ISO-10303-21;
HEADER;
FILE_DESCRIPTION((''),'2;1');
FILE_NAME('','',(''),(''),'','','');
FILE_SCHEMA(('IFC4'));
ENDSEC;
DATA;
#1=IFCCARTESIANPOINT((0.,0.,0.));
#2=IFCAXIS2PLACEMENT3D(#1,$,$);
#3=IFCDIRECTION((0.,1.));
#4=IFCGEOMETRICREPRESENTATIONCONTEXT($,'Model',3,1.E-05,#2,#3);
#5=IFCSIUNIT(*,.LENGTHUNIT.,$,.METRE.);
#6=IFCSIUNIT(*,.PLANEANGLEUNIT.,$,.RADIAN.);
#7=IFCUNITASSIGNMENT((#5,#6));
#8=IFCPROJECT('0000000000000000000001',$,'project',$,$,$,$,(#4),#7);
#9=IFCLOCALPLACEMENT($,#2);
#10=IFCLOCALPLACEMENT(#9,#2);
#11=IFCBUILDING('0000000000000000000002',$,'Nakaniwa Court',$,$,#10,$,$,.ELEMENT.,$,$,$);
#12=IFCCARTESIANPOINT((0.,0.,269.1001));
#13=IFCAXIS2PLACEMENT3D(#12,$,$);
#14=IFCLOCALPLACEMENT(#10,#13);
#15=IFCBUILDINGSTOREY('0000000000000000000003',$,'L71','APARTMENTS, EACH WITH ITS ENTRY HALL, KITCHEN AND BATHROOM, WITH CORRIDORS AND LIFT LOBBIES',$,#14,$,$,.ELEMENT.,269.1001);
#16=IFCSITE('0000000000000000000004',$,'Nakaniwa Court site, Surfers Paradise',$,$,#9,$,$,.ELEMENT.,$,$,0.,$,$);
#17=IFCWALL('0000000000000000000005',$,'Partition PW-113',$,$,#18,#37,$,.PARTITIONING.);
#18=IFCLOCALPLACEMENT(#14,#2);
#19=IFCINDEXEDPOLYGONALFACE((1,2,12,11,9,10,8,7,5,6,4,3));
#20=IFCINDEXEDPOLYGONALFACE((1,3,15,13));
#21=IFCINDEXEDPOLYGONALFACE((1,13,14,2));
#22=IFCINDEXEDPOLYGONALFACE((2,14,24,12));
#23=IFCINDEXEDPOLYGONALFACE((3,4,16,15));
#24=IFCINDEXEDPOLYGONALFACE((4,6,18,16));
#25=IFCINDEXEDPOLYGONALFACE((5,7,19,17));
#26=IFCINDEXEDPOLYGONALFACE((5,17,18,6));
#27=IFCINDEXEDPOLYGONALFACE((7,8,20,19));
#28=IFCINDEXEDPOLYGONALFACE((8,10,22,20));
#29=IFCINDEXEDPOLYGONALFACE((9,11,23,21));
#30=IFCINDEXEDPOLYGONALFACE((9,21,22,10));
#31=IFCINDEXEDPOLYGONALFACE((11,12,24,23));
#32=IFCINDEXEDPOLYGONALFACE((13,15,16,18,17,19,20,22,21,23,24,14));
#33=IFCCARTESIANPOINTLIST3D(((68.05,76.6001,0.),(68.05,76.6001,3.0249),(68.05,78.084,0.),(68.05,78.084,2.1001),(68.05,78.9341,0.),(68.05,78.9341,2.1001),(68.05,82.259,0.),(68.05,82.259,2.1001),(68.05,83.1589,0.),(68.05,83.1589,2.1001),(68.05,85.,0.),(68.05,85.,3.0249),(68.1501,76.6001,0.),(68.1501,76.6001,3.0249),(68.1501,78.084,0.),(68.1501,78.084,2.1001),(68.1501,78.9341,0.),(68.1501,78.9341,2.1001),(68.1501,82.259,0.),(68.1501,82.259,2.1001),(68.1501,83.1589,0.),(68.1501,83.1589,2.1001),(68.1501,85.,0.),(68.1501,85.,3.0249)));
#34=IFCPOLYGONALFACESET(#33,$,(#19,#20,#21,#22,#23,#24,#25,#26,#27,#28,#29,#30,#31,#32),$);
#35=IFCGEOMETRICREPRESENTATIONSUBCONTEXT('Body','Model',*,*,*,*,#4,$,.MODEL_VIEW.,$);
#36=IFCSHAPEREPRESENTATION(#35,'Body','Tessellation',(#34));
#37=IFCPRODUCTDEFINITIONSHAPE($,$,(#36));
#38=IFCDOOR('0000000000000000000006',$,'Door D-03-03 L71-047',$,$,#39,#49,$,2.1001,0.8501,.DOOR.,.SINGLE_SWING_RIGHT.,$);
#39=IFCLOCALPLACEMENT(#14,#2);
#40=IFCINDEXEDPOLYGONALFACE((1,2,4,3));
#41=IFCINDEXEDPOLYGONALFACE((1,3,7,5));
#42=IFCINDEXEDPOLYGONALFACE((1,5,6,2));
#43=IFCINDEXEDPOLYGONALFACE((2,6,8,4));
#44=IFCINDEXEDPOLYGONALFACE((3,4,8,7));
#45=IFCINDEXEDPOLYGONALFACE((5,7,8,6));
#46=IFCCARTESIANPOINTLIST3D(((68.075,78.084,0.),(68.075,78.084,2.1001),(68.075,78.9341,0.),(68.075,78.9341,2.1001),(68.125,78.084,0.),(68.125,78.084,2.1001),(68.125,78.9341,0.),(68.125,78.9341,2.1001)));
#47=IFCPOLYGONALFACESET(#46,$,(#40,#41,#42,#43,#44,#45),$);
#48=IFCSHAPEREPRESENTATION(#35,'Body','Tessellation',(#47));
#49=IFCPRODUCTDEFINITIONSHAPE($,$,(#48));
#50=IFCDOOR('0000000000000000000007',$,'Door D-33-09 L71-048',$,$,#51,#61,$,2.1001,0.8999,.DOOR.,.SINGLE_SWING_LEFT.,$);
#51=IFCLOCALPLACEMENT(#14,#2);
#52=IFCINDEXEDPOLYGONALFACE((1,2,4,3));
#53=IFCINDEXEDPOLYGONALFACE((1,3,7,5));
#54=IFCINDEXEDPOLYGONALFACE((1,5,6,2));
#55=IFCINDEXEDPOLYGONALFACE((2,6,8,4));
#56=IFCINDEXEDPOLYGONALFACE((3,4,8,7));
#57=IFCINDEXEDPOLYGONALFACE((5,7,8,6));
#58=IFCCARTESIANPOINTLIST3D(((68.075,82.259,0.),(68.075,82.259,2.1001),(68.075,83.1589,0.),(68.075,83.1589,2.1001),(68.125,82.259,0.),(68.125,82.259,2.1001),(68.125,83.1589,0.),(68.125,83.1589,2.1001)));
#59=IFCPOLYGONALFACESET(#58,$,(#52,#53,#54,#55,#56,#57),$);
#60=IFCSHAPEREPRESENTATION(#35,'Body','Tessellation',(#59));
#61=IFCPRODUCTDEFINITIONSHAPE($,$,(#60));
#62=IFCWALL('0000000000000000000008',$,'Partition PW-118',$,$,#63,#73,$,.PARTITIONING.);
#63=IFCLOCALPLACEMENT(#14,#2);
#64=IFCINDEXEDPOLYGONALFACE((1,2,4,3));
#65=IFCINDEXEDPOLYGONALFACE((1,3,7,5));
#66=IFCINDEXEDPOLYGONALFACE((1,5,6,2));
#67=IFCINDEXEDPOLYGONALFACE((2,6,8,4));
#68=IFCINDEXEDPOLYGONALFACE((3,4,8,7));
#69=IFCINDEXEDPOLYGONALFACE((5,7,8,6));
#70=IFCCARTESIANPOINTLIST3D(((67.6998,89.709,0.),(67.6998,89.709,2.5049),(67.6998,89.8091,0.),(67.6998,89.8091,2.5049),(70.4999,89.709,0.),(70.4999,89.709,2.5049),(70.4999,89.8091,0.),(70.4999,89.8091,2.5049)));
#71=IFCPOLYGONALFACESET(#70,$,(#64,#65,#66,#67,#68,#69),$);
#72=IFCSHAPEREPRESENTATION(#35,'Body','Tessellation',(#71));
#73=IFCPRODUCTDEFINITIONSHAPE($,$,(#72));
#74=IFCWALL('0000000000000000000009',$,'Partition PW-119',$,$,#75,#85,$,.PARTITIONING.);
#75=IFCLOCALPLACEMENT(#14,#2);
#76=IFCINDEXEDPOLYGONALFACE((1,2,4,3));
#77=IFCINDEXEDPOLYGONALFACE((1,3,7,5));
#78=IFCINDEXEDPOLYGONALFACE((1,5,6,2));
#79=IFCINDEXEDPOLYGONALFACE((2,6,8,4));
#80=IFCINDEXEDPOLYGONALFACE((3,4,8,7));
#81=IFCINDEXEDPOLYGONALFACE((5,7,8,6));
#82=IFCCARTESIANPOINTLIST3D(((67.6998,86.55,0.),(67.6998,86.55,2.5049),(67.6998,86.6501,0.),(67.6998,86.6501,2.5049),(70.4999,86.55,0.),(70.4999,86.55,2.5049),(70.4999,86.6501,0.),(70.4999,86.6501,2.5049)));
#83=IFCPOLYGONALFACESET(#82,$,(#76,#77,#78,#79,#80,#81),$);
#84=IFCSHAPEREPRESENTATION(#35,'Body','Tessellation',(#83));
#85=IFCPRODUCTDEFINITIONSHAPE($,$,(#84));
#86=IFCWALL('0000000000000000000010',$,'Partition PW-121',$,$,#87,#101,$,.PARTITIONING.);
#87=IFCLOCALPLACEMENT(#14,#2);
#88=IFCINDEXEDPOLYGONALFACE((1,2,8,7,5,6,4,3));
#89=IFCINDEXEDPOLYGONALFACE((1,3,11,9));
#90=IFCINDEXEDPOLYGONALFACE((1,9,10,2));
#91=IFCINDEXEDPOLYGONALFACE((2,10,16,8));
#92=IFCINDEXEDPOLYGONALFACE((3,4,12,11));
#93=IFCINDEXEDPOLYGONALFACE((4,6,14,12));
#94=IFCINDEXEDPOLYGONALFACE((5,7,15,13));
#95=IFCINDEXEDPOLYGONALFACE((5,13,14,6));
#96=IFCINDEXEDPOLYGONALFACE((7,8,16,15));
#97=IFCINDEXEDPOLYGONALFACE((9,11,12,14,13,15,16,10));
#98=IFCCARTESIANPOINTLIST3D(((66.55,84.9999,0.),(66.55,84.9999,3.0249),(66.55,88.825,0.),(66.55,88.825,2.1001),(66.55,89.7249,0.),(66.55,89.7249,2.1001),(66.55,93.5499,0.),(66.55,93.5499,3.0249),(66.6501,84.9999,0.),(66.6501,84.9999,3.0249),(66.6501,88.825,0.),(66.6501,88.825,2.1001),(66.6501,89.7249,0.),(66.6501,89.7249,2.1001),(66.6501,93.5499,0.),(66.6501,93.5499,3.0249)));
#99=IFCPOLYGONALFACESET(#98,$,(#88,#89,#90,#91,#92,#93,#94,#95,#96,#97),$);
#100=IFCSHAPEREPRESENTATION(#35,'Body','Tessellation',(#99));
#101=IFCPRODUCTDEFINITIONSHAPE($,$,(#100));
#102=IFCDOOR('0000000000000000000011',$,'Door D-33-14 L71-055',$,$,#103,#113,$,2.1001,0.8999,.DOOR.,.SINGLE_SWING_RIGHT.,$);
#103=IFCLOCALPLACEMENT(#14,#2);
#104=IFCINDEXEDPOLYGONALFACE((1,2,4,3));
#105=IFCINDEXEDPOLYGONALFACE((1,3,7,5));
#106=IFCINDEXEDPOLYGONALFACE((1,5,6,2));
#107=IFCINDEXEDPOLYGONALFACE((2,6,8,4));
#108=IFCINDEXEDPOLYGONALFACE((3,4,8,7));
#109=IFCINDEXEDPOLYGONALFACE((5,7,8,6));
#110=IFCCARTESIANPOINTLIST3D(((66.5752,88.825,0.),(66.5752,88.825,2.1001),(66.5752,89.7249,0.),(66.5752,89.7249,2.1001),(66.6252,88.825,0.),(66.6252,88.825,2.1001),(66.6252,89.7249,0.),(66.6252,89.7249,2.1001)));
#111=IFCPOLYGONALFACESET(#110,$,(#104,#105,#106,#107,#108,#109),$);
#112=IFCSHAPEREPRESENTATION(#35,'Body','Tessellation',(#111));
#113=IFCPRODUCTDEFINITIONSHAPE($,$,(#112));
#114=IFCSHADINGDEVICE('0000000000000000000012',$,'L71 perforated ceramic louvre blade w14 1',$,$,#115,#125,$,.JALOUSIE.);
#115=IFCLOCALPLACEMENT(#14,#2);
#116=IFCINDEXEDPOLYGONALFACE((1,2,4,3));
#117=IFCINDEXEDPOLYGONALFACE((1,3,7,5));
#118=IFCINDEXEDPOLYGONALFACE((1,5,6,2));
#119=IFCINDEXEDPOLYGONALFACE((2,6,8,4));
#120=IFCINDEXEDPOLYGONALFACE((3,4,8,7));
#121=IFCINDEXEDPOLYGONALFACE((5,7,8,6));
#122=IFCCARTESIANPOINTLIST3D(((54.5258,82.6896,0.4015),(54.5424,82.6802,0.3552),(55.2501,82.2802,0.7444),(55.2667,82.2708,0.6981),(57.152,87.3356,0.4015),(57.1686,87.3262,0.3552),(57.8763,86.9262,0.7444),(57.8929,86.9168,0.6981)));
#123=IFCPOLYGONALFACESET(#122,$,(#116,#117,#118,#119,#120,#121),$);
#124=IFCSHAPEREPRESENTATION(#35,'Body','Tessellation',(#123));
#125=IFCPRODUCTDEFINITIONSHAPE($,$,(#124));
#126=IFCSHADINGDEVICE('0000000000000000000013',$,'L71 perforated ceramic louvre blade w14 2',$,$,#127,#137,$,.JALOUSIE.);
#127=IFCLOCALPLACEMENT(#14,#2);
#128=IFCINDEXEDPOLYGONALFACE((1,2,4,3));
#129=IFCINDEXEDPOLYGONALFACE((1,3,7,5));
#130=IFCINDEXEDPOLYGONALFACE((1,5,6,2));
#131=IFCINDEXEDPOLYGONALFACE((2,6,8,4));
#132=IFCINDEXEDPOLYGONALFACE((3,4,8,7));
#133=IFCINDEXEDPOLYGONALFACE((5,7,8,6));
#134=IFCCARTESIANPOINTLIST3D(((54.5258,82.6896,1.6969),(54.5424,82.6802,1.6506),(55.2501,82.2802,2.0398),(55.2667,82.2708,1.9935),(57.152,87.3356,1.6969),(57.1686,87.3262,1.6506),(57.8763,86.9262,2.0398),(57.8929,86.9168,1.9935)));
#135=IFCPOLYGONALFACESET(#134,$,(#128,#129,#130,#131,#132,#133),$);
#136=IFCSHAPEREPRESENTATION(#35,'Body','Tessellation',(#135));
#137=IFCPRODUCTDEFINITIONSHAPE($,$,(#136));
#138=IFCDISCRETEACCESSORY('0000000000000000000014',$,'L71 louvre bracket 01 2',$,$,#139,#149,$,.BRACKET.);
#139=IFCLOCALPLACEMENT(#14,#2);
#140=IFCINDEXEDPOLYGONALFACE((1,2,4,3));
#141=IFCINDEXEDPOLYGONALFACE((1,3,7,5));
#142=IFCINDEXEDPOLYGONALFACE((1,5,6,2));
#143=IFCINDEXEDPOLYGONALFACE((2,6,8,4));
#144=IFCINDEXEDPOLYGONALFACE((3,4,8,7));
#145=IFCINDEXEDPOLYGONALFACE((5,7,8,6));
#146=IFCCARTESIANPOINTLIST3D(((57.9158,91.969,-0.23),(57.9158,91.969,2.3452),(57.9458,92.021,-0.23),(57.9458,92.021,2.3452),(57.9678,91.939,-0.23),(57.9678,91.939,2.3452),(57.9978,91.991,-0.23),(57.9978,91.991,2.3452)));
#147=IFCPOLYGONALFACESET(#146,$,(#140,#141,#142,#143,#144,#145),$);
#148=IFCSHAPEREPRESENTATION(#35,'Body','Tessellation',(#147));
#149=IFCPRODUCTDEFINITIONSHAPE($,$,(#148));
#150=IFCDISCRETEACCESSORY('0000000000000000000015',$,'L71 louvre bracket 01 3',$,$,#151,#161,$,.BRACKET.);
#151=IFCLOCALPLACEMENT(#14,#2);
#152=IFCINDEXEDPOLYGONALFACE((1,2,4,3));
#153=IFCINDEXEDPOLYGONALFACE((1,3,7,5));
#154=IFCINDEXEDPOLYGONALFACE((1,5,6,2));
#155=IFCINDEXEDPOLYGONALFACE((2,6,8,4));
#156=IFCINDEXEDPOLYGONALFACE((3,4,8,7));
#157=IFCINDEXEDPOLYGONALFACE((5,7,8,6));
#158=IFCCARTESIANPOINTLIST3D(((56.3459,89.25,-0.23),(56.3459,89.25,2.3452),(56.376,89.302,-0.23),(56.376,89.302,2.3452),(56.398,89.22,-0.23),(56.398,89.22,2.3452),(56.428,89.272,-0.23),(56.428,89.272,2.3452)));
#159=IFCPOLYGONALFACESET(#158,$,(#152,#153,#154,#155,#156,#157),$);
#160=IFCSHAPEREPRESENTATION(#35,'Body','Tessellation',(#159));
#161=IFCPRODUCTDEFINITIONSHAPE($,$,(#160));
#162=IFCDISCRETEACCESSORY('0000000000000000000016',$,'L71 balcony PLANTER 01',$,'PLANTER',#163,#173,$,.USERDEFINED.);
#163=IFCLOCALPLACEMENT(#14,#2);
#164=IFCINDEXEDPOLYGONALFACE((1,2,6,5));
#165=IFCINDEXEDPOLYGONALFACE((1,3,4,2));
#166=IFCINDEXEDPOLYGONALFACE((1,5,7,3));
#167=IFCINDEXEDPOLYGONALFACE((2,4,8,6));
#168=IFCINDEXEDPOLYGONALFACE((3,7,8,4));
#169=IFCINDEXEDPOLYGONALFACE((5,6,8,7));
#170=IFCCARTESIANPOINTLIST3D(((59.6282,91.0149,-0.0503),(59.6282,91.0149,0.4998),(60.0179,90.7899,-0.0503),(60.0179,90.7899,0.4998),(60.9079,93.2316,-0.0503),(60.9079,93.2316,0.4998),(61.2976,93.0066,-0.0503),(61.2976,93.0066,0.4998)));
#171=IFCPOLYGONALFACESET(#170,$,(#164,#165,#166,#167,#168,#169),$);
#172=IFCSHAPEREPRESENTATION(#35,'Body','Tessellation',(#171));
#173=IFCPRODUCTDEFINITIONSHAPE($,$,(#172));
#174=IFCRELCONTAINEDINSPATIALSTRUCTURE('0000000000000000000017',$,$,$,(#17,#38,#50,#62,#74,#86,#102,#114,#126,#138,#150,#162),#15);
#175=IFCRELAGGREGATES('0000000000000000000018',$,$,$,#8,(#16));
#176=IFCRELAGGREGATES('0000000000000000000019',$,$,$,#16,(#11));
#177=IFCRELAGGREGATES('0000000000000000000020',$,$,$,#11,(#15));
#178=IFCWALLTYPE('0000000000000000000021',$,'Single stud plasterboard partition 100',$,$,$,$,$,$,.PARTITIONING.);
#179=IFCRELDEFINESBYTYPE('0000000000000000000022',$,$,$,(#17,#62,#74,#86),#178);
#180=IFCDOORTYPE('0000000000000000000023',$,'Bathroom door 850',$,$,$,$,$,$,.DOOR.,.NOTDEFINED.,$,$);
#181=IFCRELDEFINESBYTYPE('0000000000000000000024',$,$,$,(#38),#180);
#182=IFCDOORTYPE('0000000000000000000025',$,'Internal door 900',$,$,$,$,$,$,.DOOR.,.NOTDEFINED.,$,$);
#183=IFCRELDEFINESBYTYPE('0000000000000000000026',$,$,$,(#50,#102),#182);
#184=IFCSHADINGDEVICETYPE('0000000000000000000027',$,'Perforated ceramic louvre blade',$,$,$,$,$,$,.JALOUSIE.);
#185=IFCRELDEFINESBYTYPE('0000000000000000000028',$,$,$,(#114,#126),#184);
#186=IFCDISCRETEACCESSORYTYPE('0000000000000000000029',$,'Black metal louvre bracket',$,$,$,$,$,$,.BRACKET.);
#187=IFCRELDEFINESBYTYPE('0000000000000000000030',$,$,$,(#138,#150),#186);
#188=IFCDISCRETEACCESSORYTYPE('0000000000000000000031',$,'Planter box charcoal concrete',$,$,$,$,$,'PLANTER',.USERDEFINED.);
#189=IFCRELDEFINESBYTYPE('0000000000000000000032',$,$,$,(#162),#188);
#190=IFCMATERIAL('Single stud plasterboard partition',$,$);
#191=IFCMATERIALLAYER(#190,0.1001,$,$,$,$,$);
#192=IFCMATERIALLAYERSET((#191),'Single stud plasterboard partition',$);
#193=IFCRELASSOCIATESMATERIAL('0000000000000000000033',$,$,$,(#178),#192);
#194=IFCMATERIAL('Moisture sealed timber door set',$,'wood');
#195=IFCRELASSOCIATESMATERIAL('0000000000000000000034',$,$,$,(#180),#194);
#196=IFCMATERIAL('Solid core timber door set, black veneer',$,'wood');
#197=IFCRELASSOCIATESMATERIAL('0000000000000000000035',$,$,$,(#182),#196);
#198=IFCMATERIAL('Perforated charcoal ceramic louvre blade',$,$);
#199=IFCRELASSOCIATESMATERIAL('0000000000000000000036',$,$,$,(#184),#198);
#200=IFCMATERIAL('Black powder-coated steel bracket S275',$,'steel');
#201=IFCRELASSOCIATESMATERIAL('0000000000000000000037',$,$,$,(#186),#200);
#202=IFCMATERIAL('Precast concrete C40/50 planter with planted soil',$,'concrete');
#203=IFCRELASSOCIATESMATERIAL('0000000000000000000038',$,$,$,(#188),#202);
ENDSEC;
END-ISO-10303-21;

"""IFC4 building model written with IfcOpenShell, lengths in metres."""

from ifc_helpers import new_model, si_unit, direction, frame, frame_2d, origin, origin_2d, place, context, subcontext, project, spatial, rectangle, extrude, material, layer, layer_set, material_profile, profile_set, type_object, element, fill, save


model = new_model("IFC4")

# Units and contexts
model_context = context("Model", 3, precision=1e-05, world=origin(), true_north=direction((0.0, 1.0)))
body_context = subcontext(model_context, "Body", "Model", "MODEL_VIEW")
ifc_project = project(units=[si_unit("LENGTHUNIT", "METRE"), si_unit("PLANEANGLEUNIT", "RADIAN")], contexts=[model_context])

# Site, building, storey
site_placement = place(None, origin())
site = spatial("IfcSite", under=ifc_project, at=site_placement, Name="Nakaniwa Court site, Surfers Paradise", CompositionType="ELEMENT", RefElevation=0.0)
building_placement = place(site_placement, origin())
building = spatial("IfcBuilding", under=site, at=building_placement, Name="Nakaniwa Court", CompositionType="ELEMENT")
storey_placement = place(building_placement, frame((0.0, 0.0, 269.1001)))
storey = spatial("IfcBuildingStorey", under=building, at=storey_placement, Name="L71", Description="APARTMENTS, EACH WITH ITS ENTRY HALL, KITCHEN AND BATHROOM, WITH CORRIDORS AND LIFT LOBBIES", CompositionType="ELEMENT", Elevation=269.1001)

# Wall, openings, doors
ifc_material_1 = material(Name="Single stud plasterboard partition")
ifc_layer_1 = layer(ifc_material_1, 0.1001)
ifc_layer_set_1 = layer_set([ifc_layer_1], Name="Single stud plasterboard partition")
wall_type_1 = type_object("IfcWallType", Name="Single stud plasterboard partition 100", PredefinedType="PARTITIONING", material=ifc_layer_set_1)
wall_1_placement = place(storey_placement, frame((68.1001, 85.0, 0.0), z_axis=(0.0, 0.0, 1.0), x_axis=(0.0, -1.0, 0.0)))
wall_1 = element("IfcWall", 1, at=wall_1_placement, inside=storey, type_object=wall_type_1, Name="Partition PW-113", PredefinedType="PARTITIONING", context=body_context, shape_type="SweptSolid", body=[
    extrude(rectangle(XDim=8.3999, YDim=0.1001, at=frame_2d((4.2, 0.0))), origin(), (0.0, 0.0, 1.0), 3.0249),
])
opening_1_placement = place(wall_1_placement, frame((6.0659, 0.0, 0.0)))
opening_1 = element("IfcOpeningElement", 2, at=opening_1_placement, cuts=wall_1, PredefinedType="OPENING", context=body_context, shape_type="SweptSolid", body=[
    extrude(rectangle(XDim=0.8501, YDim=2.1001, at=frame_2d((0.425, 1.05))), frame((0.0, 0.0601, 0.0), z_axis=(0.0, -1.0, 0.0), x_axis=(1.0, 0.0, 0.0)), (0.0, 0.0, 1.0), 0.1201),
])
opening_2_placement = place(wall_1_placement, frame((1.8411, 0.0, 0.0)))
opening_2 = element("IfcOpeningElement", 3, at=opening_2_placement, cuts=wall_1, PredefinedType="OPENING", context=body_context, shape_type="SweptSolid", body=[
    extrude(rectangle(XDim=0.8999, YDim=2.1001, at=frame_2d((0.45, 1.05))), frame((0.0, 0.0601, 0.0), z_axis=(0.0, -1.0, 0.0), x_axis=(1.0, 0.0, 0.0)), (0.0, 0.0, 1.0), 0.1201),
])
ifc_material_2 = material(Name="Moisture sealed timber door set", Category="wood")
door_type_1 = type_object("IfcDoorType", Name="Bathroom door 850", OperationType="NOTDEFINED", PredefinedType="DOOR", material=ifc_material_2)
door_1_placement = place(opening_1_placement, origin())
door_1 = element("IfcDoor", 4, at=door_1_placement, inside=storey, type_object=door_type_1, Name="Door D-03-03 L71-047", OperationType="SINGLE_SWING_RIGHT", OverallHeight=2.1001, OverallWidth=0.8501, PredefinedType="DOOR", context=body_context, shape_type="SweptSolid", body=[
    extrude(rectangle(XDim=0.8501, YDim=2.1001, at=frame_2d((0.425, 1.05))), frame((0.0, 0.0249, 0.0), z_axis=(0.0, -1.0, 0.0), x_axis=(1.0, 0.0, 0.0)), (0.0, 0.0, 1.0), 0.05),
])
fill(opening_1, door_1)
ifc_material_3 = material(Name="Solid core timber door set, black veneer", Category="wood")
door_type_2 = type_object("IfcDoorType", Name="Internal door 900", OperationType="NOTDEFINED", PredefinedType="DOOR", material=ifc_material_3)
door_2_placement = place(opening_2_placement, origin())
door_2 = element("IfcDoor", 5, at=door_2_placement, inside=storey, type_object=door_type_2, Name="Door D-33-09 L71-048", OperationType="SINGLE_SWING_LEFT", OverallHeight=2.1001, OverallWidth=0.8999, PredefinedType="DOOR", context=body_context, shape_type="SweptSolid", body=[
    extrude(rectangle(XDim=0.8999, YDim=2.1001, at=frame_2d((0.45, 1.05))), frame((0.0, 0.0249, 0.0), z_axis=(0.0, -1.0, 0.0), x_axis=(1.0, 0.0, 0.0)), (0.0, 0.0, 1.0), 0.05),
])
fill(opening_2, door_2)

# Walls
for number, where, z_axis, x_axis, name in (
    (6, (67.7, 89.759, 0.0), (0.0, 0.0, 1.0), (1.0, 0.0, 0.0), "Partition PW-118"),
    (7, (67.7, 86.6001, 0.0), (0.0, 0.0, 1.0), (1.0, 0.0, 0.0), "Partition PW-119"),
):
    element("IfcWall", number, at=place(storey_placement, frame(where, z_axis=z_axis, x_axis=x_axis)), inside=storey, type_object=wall_type_1, Name=name, PredefinedType="PARTITIONING", context=body_context, shape_type="SweptSolid", body=[
        extrude(rectangle(XDim=2.8, YDim=0.1001, at=frame_2d((1.3999, 0.0))), origin(), (0.0, 0.0, 1.0), 2.5049),
    ])

# Wall, opening, door
wall_2_placement = place(storey_placement, frame((66.6001, 85.0, 0.0), z_axis=(0.0, 0.0, 1.0), x_axis=(0.0, 1.0, 0.0)))
wall_2 = element("IfcWall", 8, at=wall_2_placement, inside=storey, type_object=wall_type_1, Name="Partition PW-121", PredefinedType="PARTITIONING", context=body_context, shape_type="SweptSolid", body=[
    extrude(rectangle(XDim=8.55, YDim=0.1001, at=frame_2d((4.2749, 0.0))), origin(), (0.0, 0.0, 1.0), 3.0249),
])
opening_3_placement = place(wall_2_placement, frame((3.825, 0.0, 0.0)))
opening_3 = element("IfcOpeningElement", 9, at=opening_3_placement, cuts=wall_2, PredefinedType="OPENING", context=body_context, shape_type="SweptSolid", body=[
    extrude(rectangle(XDim=0.8999, YDim=2.1001, at=frame_2d((0.45, 1.05))), frame((0.0, 0.0601, 0.0), z_axis=(0.0, -1.0, 0.0), x_axis=(1.0, 0.0, 0.0)), (0.0, 0.0, 1.0), 0.1201),
])
door_3_placement = place(opening_3_placement, origin())
door_3 = element("IfcDoor", 10, at=door_3_placement, inside=storey, type_object=door_type_2, Name="Door D-33-14 L71-055", OperationType="SINGLE_SWING_RIGHT", OverallHeight=2.1001, OverallWidth=0.8999, PredefinedType="DOOR", context=body_context, shape_type="SweptSolid", body=[
    extrude(rectangle(XDim=0.8999, YDim=2.1001, at=frame_2d((0.45, 1.05))), frame((0.0, 0.0249, 0.0), z_axis=(0.0, -1.0, 0.0), x_axis=(1.0, 0.0, 0.0)), (0.0, 0.0, 1.0), 0.05),
])
fill(opening_3, door_3)

# Shading devices
ifc_material_4 = material(Name="Perforated charcoal ceramic louvre blade")
ifc_material_profile_1 = material_profile(ifc_material_4, rectangle(XDim=0.8999, YDim=0.05, at=origin_2d()), Name="Perforated ceramic louvre blade")
ifc_profile_set_1 = profile_set([ifc_material_profile_1], Name="Perforated charcoal ceramic louvre blade")
shading_device_type = type_object("IfcShadingDeviceType", Name="Perforated ceramic louvre blade", PredefinedType="JALOUSIE", material=ifc_profile_set_1)
for number, where, z_axis, x_axis, name in (
    (11, (57.5225, 87.1262, 0.5498), (-0.492089, -0.870545, 0.0), (0.804859, -0.454959, 0.38107), "L71 perforated ceramic louvre blade w14 1"),
    (12, (57.5225, 87.1262, 1.8452), (-0.492089, -0.870545, 0.0), (0.804859, -0.454959, 0.38107), "L71 perforated ceramic louvre blade w14 2"),
):
    element("IfcShadingDevice", number, at=place(storey_placement, frame(where, z_axis=z_axis, x_axis=x_axis)), inside=storey, type_object=shading_device_type, Name=name, PredefinedType="JALOUSIE", context=body_context, shape_type="SweptSolid", body=[
        extrude(rectangle(XDim=0.8999, YDim=0.05, at=origin_2d()), origin(), (0.0, 0.0, 1.0), 5.3369),
    ])

# Discrete accessories
ifc_material_5 = material(Name="Black powder-coated steel bracket S275", Category="steel")
discrete_accessory_type_1 = type_object("IfcDiscreteAccessoryType", Name="Black metal louvre bracket", PredefinedType="BRACKET", material=ifc_material_5)
for number, where, z_axis, x_axis, name in (
    (13, (57.9568, 91.98, -0.23), (0.0, 0.0, 1.0), (-0.499986, -0.866033, 0.0), "L71 louvre bracket 01 2"),
    (14, (56.387, 89.261, -0.23), (0.0, 0.0, 1.0), (-0.499986, -0.866033, 0.0), "L71 louvre bracket 01 3"),
):
    element("IfcDiscreteAccessory", number, at=place(storey_placement, frame(where, z_axis=z_axis, x_axis=x_axis)), inside=storey, type_object=discrete_accessory_type_1, Name=name, PredefinedType="BRACKET", context=body_context, shape_type="SweptSolid", body=[
        extrude(rectangle(XDim=0.0601, YDim=0.0601, at=origin_2d()), origin(), (0.0, 0.0, 1.0), 2.5752),
    ])
ifc_material_6 = material(Name="Precast concrete C40/50 planter with planted soil", Category="concrete")
discrete_accessory_type_2 = type_object("IfcDiscreteAccessoryType", Name="Planter box charcoal concrete", ElementType="PLANTER", PredefinedType="USERDEFINED", material=ifc_material_6)
discrete_accessory_placement = place(storey_placement, frame((60.4629, 92.0107, -0.0503), z_axis=(0.0, 0.0, 1.0), x_axis=(-0.499986, -0.866033, 0.0)))
element("IfcDiscreteAccessory", 15, at=discrete_accessory_placement, inside=storey, type_object=discrete_accessory_type_2, Name="L71 balcony PLANTER 01", ObjectType="PLANTER", PredefinedType="USERDEFINED", context=body_context, shape_type="SweptSolid", body=[
    extrude(rectangle(XDim=2.5596, YDim=0.45, at=origin_2d()), origin(), (0.0, 0.0, 1.0), 0.55),
])

save(model, "model.ifc")
